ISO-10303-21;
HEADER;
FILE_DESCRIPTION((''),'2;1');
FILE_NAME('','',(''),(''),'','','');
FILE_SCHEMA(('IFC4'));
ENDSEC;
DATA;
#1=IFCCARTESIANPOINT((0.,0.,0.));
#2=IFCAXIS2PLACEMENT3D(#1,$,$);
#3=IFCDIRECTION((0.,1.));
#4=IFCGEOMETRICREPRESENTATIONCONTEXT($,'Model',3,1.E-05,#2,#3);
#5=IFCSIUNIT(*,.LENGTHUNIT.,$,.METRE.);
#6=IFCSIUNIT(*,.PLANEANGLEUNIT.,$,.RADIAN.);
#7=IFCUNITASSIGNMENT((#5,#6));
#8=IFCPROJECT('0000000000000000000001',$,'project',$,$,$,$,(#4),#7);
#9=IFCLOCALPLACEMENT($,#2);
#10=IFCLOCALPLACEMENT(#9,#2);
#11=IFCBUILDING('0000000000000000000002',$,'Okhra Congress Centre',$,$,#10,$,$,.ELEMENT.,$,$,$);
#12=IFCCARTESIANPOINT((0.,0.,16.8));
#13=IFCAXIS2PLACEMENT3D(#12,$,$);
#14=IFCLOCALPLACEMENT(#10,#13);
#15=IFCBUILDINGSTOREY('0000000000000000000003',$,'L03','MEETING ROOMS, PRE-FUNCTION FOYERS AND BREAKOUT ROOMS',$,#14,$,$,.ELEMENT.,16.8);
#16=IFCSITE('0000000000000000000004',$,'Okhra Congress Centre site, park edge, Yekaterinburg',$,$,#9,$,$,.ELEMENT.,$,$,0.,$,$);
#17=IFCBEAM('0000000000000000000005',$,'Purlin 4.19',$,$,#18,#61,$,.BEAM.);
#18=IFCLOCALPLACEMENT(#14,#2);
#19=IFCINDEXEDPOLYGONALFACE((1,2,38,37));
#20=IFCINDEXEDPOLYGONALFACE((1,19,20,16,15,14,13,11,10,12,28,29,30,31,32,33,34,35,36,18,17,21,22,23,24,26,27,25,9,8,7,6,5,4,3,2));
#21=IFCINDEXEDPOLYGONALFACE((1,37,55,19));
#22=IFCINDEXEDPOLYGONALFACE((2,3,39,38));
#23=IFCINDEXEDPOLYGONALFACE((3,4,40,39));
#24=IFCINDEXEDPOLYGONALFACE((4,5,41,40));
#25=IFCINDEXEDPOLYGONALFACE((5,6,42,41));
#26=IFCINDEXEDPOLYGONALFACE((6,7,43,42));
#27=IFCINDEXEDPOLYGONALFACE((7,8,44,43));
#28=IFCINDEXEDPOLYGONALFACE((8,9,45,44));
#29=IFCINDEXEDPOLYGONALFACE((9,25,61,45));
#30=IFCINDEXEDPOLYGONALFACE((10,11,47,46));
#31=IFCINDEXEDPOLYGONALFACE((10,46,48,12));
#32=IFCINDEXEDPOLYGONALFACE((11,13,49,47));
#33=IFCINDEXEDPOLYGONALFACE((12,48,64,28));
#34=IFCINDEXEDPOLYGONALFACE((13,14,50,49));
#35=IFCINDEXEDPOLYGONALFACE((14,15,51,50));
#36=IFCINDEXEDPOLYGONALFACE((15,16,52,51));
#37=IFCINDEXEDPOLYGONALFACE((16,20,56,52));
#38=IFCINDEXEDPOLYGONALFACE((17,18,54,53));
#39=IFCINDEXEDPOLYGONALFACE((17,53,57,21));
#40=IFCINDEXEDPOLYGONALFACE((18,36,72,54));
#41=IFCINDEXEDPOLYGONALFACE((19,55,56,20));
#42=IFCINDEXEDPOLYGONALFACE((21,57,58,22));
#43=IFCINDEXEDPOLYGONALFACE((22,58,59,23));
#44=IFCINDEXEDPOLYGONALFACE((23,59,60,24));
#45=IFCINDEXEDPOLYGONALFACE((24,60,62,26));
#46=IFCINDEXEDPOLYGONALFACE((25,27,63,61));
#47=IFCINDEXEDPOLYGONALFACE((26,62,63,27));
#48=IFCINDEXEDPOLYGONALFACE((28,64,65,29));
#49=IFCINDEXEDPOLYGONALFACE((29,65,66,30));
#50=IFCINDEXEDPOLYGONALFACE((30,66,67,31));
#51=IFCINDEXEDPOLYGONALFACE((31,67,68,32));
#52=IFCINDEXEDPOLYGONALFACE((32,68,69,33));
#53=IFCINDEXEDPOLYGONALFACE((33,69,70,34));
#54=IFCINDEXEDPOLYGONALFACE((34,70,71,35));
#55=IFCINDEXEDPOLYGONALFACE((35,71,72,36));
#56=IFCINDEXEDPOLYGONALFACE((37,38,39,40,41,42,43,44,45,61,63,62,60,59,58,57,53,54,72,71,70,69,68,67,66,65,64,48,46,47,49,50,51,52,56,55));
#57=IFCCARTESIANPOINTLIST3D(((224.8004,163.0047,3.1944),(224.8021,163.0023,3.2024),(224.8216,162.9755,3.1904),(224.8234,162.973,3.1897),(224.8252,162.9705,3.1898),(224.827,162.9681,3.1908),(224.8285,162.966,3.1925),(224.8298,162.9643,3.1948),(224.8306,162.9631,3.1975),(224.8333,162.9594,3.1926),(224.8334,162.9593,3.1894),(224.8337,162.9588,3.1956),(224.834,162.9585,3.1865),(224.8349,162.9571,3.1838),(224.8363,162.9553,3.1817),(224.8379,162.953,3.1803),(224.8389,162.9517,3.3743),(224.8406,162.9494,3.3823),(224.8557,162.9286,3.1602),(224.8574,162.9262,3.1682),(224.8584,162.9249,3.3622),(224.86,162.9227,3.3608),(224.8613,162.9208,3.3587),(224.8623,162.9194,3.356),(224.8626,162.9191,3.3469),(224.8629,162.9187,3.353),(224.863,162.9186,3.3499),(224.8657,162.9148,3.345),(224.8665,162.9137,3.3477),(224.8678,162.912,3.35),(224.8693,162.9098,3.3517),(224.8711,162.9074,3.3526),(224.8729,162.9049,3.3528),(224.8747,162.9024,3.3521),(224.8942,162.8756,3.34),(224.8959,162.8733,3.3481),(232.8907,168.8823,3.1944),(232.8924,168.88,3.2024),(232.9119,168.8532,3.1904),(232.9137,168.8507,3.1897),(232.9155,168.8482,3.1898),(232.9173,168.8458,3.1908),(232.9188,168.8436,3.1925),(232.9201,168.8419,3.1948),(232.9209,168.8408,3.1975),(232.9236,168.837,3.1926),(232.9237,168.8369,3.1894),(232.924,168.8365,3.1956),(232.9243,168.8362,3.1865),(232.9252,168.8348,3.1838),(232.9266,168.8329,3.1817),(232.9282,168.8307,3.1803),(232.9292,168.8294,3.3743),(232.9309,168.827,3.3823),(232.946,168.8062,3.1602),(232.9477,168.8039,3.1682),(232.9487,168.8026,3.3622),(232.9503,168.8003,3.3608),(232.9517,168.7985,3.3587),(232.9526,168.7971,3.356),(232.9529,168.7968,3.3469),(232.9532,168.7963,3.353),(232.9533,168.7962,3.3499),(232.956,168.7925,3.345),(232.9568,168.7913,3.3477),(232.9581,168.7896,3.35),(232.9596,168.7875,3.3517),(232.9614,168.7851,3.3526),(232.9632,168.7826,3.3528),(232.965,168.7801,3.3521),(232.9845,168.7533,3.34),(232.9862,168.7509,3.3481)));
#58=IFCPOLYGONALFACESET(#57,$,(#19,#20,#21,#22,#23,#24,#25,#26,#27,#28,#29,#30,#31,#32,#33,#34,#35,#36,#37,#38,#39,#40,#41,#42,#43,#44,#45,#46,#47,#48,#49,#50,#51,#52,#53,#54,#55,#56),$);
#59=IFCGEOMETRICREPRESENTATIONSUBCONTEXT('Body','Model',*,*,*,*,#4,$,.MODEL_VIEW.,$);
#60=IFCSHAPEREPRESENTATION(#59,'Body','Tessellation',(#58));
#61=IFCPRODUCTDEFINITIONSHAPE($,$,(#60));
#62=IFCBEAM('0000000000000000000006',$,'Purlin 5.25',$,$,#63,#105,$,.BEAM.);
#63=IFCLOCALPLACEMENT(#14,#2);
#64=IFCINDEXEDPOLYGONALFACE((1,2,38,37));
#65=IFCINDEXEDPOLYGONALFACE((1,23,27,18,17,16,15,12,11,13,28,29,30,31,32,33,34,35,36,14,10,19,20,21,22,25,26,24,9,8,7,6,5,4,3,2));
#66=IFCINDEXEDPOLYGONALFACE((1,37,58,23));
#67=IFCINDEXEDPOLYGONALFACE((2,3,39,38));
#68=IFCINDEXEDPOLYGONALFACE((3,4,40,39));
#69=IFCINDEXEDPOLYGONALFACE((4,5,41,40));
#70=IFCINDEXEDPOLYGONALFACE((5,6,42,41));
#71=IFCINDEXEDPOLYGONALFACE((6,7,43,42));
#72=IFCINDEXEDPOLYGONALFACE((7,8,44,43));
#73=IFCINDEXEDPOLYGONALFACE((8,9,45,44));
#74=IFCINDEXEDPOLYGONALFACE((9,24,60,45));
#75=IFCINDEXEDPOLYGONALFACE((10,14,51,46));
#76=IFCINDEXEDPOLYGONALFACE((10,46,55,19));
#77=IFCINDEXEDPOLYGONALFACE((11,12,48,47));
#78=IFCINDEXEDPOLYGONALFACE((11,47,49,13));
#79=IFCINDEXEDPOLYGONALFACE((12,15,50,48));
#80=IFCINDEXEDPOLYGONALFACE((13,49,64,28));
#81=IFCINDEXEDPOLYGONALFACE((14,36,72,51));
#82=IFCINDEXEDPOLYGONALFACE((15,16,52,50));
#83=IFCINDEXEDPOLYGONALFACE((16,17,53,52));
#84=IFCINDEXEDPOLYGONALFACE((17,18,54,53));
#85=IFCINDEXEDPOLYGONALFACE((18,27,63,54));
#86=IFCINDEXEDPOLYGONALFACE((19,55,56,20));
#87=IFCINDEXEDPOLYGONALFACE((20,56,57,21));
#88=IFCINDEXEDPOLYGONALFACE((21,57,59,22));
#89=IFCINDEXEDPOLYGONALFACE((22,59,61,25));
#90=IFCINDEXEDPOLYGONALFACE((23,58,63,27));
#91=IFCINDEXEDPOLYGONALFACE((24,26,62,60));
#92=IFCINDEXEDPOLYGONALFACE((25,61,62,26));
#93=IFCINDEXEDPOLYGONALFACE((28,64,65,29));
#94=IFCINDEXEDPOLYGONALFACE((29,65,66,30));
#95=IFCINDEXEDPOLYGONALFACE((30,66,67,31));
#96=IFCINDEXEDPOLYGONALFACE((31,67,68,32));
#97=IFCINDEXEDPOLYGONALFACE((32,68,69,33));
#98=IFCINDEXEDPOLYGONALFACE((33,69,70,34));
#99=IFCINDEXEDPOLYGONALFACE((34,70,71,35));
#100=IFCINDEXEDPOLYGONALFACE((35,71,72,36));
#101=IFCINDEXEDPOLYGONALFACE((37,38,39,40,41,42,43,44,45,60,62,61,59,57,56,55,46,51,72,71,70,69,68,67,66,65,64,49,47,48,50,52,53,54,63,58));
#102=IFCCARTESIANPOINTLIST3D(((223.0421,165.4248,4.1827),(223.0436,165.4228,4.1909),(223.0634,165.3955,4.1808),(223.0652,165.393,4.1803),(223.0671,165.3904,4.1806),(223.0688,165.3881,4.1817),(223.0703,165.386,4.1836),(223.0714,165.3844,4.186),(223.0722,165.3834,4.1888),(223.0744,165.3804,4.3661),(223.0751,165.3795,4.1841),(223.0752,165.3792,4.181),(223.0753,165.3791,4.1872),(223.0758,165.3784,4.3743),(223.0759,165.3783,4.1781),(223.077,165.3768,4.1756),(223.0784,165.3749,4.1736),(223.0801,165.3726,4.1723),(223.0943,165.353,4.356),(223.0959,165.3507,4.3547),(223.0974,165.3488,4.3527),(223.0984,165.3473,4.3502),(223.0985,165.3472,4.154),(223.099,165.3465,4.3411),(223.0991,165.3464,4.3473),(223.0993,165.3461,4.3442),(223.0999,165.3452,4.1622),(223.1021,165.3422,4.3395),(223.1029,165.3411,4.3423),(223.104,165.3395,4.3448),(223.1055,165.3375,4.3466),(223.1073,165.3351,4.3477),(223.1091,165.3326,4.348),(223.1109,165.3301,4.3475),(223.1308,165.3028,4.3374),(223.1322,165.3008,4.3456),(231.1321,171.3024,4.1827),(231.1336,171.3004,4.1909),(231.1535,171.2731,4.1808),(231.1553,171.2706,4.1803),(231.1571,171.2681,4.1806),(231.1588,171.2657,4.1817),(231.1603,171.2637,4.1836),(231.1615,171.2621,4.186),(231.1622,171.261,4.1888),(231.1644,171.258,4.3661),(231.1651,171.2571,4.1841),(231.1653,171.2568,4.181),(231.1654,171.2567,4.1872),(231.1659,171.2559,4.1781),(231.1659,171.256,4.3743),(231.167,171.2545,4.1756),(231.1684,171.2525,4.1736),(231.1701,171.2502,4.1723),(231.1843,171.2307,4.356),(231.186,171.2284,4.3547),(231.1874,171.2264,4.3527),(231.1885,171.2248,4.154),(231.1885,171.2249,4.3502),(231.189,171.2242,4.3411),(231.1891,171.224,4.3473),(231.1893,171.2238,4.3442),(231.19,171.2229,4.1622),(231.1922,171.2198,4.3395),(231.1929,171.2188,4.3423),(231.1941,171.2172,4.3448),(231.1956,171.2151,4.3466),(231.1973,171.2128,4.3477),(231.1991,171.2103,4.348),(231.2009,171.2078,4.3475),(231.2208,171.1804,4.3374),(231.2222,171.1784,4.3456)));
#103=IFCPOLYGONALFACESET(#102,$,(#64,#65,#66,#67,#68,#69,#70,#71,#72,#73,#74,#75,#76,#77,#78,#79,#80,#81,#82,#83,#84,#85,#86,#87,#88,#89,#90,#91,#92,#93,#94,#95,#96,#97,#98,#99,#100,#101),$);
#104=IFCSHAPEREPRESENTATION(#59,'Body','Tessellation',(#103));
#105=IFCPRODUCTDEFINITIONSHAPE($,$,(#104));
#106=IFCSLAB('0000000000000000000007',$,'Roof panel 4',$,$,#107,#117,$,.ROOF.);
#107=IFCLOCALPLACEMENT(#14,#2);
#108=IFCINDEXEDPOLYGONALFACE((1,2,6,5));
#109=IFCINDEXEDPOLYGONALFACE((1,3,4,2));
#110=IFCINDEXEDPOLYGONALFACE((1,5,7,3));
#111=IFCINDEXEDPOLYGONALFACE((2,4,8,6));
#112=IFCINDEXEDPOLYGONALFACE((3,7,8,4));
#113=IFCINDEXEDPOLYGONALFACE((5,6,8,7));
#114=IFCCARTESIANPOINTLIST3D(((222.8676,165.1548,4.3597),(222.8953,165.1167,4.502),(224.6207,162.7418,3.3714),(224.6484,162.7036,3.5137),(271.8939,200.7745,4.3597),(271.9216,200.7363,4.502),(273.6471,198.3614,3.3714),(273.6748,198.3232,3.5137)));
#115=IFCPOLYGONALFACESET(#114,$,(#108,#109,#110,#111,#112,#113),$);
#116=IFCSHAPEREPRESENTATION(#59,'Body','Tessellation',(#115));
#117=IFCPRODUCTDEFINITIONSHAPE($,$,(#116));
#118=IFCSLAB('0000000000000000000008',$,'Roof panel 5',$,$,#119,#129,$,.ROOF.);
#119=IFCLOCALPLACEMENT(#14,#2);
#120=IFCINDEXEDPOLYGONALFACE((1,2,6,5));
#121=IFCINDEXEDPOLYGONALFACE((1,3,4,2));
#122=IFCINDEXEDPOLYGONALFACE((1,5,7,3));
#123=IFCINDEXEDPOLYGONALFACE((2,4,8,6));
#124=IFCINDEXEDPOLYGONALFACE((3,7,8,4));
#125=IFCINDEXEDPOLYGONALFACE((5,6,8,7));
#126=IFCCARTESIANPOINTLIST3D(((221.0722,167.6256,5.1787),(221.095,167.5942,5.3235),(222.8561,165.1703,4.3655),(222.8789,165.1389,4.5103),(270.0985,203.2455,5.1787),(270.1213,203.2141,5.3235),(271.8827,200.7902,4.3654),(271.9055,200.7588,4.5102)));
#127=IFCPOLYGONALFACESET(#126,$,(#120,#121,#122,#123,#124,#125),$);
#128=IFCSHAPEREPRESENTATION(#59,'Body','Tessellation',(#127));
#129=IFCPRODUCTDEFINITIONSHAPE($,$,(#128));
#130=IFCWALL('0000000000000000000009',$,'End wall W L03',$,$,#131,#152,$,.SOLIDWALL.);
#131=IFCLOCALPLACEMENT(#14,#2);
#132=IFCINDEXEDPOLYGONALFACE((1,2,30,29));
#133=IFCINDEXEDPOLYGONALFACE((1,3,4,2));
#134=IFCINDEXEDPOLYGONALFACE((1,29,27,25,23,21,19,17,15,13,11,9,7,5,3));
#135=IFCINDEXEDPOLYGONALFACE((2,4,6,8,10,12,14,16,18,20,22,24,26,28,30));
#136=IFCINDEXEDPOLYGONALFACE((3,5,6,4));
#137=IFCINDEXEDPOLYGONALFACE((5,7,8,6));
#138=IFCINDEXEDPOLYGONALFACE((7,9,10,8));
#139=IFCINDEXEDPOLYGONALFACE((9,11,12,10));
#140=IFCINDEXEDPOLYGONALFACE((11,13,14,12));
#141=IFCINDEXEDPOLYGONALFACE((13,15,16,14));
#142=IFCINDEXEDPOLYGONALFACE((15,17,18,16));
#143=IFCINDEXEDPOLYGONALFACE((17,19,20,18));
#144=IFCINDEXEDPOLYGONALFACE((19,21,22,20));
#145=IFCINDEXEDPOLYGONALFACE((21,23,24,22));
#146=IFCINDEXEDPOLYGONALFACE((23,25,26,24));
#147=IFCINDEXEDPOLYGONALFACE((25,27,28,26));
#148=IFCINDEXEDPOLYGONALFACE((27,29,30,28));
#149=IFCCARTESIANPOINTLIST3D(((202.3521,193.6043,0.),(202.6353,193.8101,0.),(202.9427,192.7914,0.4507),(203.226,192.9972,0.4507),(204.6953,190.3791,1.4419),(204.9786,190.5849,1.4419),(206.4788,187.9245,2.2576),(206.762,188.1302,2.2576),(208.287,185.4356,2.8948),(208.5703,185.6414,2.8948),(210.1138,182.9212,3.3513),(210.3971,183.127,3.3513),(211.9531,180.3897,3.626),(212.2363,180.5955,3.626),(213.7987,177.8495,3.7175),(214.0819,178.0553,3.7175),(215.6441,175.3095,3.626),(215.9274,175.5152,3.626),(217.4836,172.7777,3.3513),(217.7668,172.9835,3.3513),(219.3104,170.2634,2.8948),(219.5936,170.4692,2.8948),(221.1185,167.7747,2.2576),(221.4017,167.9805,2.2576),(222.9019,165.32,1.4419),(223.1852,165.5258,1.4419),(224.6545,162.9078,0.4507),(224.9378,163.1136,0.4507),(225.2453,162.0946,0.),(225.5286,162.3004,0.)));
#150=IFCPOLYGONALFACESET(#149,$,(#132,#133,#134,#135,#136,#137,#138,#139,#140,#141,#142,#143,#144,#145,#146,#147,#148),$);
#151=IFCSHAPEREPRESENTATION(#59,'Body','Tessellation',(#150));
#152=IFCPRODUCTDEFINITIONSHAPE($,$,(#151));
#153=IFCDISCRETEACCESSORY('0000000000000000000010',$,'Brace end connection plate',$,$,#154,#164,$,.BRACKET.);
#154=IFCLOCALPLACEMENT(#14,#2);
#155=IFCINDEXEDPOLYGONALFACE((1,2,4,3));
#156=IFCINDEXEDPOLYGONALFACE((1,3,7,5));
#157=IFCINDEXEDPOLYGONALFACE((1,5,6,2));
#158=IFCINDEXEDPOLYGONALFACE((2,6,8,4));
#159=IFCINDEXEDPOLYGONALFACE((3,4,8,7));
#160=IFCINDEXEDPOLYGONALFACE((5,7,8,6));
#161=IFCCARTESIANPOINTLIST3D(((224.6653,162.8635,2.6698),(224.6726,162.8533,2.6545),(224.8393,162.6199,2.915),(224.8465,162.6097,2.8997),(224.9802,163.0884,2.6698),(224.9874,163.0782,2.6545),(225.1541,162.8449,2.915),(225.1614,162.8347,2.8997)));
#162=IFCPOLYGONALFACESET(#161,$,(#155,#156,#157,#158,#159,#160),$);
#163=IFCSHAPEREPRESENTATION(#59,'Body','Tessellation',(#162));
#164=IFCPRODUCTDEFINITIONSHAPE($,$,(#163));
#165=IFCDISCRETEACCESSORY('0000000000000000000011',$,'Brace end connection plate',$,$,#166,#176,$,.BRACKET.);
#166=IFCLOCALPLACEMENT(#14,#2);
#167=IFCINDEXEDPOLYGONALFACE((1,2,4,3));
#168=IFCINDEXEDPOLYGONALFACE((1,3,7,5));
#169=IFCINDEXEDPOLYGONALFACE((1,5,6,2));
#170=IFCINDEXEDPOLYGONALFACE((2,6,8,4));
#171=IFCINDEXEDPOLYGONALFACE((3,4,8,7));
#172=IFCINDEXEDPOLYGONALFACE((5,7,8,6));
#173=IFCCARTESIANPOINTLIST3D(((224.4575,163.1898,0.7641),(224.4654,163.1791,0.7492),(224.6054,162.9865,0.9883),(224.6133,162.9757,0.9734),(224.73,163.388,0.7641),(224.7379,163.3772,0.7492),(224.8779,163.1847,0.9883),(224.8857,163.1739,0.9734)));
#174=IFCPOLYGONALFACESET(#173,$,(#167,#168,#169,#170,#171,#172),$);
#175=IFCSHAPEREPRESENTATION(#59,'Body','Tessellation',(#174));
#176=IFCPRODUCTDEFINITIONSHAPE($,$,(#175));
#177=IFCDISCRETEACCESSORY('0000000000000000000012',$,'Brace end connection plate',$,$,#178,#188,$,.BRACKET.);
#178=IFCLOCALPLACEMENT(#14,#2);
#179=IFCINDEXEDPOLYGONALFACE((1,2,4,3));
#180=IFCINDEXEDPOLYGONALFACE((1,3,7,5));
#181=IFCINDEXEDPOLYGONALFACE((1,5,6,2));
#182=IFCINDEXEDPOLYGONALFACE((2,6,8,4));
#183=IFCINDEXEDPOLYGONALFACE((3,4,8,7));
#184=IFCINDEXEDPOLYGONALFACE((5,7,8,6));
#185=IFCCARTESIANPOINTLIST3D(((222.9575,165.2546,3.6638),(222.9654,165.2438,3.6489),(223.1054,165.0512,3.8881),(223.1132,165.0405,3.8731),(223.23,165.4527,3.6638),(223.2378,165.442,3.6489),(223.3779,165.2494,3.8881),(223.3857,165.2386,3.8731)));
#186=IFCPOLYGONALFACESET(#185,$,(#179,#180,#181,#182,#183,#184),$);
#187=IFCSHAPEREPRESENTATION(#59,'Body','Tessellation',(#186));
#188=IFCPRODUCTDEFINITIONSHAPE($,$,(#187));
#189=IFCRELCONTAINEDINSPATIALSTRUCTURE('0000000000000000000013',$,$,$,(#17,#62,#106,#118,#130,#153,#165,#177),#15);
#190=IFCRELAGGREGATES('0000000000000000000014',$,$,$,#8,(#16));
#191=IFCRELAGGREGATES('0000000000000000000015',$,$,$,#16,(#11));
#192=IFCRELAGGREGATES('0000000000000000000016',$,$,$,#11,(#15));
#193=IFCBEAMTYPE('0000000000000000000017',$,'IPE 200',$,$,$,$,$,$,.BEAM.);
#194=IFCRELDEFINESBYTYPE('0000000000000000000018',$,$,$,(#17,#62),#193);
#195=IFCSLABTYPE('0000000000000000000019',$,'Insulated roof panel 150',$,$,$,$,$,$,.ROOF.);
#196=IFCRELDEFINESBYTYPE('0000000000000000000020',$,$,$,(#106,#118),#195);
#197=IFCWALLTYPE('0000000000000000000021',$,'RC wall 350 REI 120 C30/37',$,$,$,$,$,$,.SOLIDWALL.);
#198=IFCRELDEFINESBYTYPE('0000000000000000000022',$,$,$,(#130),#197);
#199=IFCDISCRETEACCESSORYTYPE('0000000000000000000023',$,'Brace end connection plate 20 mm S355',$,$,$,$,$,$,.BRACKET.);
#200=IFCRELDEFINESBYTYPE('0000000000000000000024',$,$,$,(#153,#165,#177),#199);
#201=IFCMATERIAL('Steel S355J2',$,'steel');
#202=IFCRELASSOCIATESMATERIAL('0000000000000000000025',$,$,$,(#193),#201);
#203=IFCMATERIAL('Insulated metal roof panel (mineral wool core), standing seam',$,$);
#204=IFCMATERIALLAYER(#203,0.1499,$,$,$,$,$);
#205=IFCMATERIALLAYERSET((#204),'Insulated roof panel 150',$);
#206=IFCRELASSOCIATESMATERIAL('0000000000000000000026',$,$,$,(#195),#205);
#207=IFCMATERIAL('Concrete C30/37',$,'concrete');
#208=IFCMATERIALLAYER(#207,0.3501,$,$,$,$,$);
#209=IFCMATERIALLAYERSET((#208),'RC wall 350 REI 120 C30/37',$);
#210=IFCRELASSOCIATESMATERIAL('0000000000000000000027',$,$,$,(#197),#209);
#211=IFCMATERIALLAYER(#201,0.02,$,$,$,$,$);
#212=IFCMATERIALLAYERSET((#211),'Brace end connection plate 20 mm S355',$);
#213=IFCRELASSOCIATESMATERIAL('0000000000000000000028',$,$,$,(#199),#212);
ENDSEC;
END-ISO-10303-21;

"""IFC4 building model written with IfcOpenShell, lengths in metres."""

from ifc_helpers import new_model, si_unit, direction, frame, origin, origin_2d, place, context, subcontext, project, spatial, polyline, rectangle, i_section, outline, extrude, material, layer, layer_set, material_profile, profile_set, type_object, element, save


model = new_model("IFC4")

# Units and contexts
model_context = context("Model", 3, precision=1e-05, world=origin(), true_north=direction((0.0, 1.0)))
body_context = subcontext(model_context, "Body", "Model", "MODEL_VIEW")
ifc_project = project(units=[si_unit("LENGTHUNIT", "METRE"), si_unit("PLANEANGLEUNIT", "RADIAN")], contexts=[model_context])

# Site, building, storey
site_placement = place(None, origin())
site = spatial("IfcSite", under=ifc_project, at=site_placement, Name="Okhra Congress Centre site, park edge, Yekaterinburg", CompositionType="ELEMENT", RefElevation=0.0)
building_placement = place(site_placement, origin())
building = spatial("IfcBuilding", under=site, at=building_placement, Name="Okhra Congress Centre", CompositionType="ELEMENT")
storey_placement = place(building_placement, frame((0.0, 0.0, 16.8)))
storey = spatial("IfcBuildingStorey", under=building, at=storey_placement, Name="L03", Description="MEETING ROOMS, PRE-FUNCTION FOYERS AND BREAKOUT ROOMS", CompositionType="ELEMENT", Elevation=16.8)

# Beams
ifc_material_1 = material(Name="Steel S355J2", Category="steel")
ifc_material_profile_1 = material_profile(ifc_material_1, i_section(OverallWidth=0.1001, OverallDepth=0.2, WebThickness=0.0056, FlangeThickness=0.0085, FilletRadius=0.012, at=origin_2d()), Name="IPE 200")
ifc_profile_set_1 = profile_set([ifc_material_profile_1], Name="Steel S355J2")
beam_type = type_object("IfcBeamType", Name="IPE 200", PredefinedType="BEAM", material=ifc_profile_set_1)
beam_1_placement = place(storey_placement, frame((224.8481, 162.939, 3.2712), z_axis=(0.809031, 0.587767, 0.0), x_axis=(-0.55232, 0.76024, 0.34202)))
element("IfcBeam", 1, at=beam_1_placement, inside=storey, type_object=beam_type, Name="Purlin 4.19", PredefinedType="BEAM", context=body_context, shape_type="SweptSolid", body=[
    extrude(i_section(OverallWidth=0.1001, OverallDepth=0.2, WebThickness=0.0056, FlangeThickness=0.0085, FilletRadius=0.012, at=origin_2d()), origin(), (0.0, 0.0, 1.0), 10.0),
])
beam_2_placement = place(storey_placement, frame((223.0872, 165.3628, 4.2642), z_axis=(0.809022, 0.587778, 0.0), x_axis=(-0.563085, 0.775035, 0.286803)))
element("IfcBeam", 2, at=beam_2_placement, inside=storey, type_object=beam_type, Name="Purlin 5.25", PredefinedType="BEAM", context=body_context, shape_type="SweptSolid", body=[
    extrude(i_section(OverallWidth=0.1001, OverallDepth=0.2, WebThickness=0.0056, FlangeThickness=0.0085, FilletRadius=0.012, at=origin_2d()), origin(), (0.0, 0.0, 1.0), 9.9998),
])

# Slabs
ifc_material_2 = material(Name="Insulated metal roof panel (mineral wool core), standing seam")
ifc_layer_1 = layer(ifc_material_2, 0.1499)
ifc_layer_set_1 = layer_set([ifc_layer_1], Name="Insulated roof panel 150")
slab_type = type_object("IfcSlabType", Name="Insulated roof panel 150", PredefinedType="ROOF", material=ifc_layer_set_1)
slab_1_placement = place(storey_placement, frame((224.6484, 162.7036, 3.5137), z_axis=(0.18487, -0.254453, 0.949251), x_axis=(0.809018, 0.587784, 0.0)))
element("IfcSlab", 3, at=slab_1_placement, inside=storey, type_object=slab_type, Name="Roof panel 4", PredefinedType="ROOF", context=body_context, shape_type="SweptSolid", body=[
    extrude(outline(polyline([(0.0, 0.0), (60.5999, 0.0), (60.5999, 3.1422), (0.0, 3.1422), (0.0, 0.0)])), origin(), (0.0, 0.0, -1.0), 0.1499),
])
slab_2_placement = place(storey_placement, frame((222.8789, 165.1389, 4.5103), z_axis=(0.152129, -0.209388, 0.965926), x_axis=(0.809017, 0.587785, 0.0)))
element("IfcSlab", 4, at=slab_2_placement, inside=storey, type_object=slab_type, Name="Roof panel 5", PredefinedType="ROOF", context=body_context, shape_type="SweptSolid", body=[
    extrude(outline(polyline([(0.0, 0.0), (60.6002, 0.0), (60.6, 3.1422), (0.0, 3.142), (0.0, 0.0)])), origin(), (0.0, 0.0, -1.0), 0.1499),
])

# Wall
ifc_material_3 = material(Name="Concrete C30/37", Category="concrete")
ifc_layer_2 = layer(ifc_material_3, 0.3501)
ifc_layer_set_2 = layer_set([ifc_layer_2], Name="RC wall 350 REI 120 C30/37")
wall_type = type_object("IfcWallType", Name="RC wall 350 REI 120 C30/37", PredefinedType="SOLIDWALL", material=ifc_layer_set_2)
wall_placement = place(storey_placement, frame((225.387, 162.1975, 0.0), z_axis=(0.0, 0.0, 1.0), x_axis=(-0.587787, 0.809015, 0.0)))
element("IfcWall", 5, at=wall_placement, inside=storey, type_object=wall_type, Name="End wall W L03", PredefinedType="SOLIDWALL", context=body_context, shape_type="SweptSolid", body=[
    extrude(outline(polyline([(0.0, 0.0), (38.9482, 0.0), (37.9434, 0.4507), (34.9617, 1.4419), (31.9275, 2.2576), (28.8511, 2.8948), (25.7432, 3.3513), (22.614, 3.626), (19.4741, 3.7175), (16.3345, 3.626), (13.2051, 3.3513), (10.0972, 2.8948), (7.021, 2.2576), (3.9868, 1.4419), (1.0051, 0.4507), (0.0, 0.0)])), frame((0.0, 0.175, 0.0), z_axis=(0.0, -1.0, 0.0), x_axis=(1.0, 0.0, 0.0)), (0.0, 0.0, 1.0), 0.3501),
])

# Discrete accessories
ifc_layer_3 = layer(ifc_material_1, 0.02)
ifc_layer_set_3 = layer_set([ifc_layer_3], Name="Brace end connection plate 20 mm S355")
discrete_accessory_type = type_object("IfcDiscreteAccessoryType", Name="Brace end connection plate 20 mm S355", PredefinedType="BRACKET", material=ifc_layer_set_3)
discrete_accessory_placement = place(storey_placement, frame((224.917, 162.844, 2.7771), z_axis=(-0.368355, 0.515697, 0.773545), x_axis=(-0.813733, -0.581238, 0.0)))
element("IfcDiscreteAccessory", 6, at=discrete_accessory_placement, inside=storey, type_object=discrete_accessory_type, Name="Brace end connection plate", PredefinedType="BRACKET", context=body_context, shape_type="SweptSolid", body=[
    extrude(rectangle(XDim=0.387, YDim=0.387, at=origin_2d()), origin(), (0.0, 0.0, 1.0), 0.0198),
])
for number, where, z_axis, x_axis, name in (
    (7, (224.6677, 163.1873, 0.8762), (0.391498, -0.538309, -0.746293), (0.808736, 0.588172, 0.0), "Brace end connection plate"),
    (8, (223.1755, 165.2412, 3.761), (-0.391498, 0.538309, 0.746293), (-0.808736, -0.588172, 0.0), "Brace end connection plate"),
):
    element("IfcDiscreteAccessory", number, at=place(storey_placement, frame(where, z_axis=z_axis, x_axis=x_axis)), inside=storey, type_object=discrete_accessory_type, Name=name, PredefinedType="BRACKET", context=body_context, shape_type="SweptSolid", body=[
        extrude(rectangle(XDim=0.3369, YDim=0.3369, at=origin_2d()), origin(), (0.0, 0.0, 1.0), 0.02),
    ])

save(model, "model.ifc")
